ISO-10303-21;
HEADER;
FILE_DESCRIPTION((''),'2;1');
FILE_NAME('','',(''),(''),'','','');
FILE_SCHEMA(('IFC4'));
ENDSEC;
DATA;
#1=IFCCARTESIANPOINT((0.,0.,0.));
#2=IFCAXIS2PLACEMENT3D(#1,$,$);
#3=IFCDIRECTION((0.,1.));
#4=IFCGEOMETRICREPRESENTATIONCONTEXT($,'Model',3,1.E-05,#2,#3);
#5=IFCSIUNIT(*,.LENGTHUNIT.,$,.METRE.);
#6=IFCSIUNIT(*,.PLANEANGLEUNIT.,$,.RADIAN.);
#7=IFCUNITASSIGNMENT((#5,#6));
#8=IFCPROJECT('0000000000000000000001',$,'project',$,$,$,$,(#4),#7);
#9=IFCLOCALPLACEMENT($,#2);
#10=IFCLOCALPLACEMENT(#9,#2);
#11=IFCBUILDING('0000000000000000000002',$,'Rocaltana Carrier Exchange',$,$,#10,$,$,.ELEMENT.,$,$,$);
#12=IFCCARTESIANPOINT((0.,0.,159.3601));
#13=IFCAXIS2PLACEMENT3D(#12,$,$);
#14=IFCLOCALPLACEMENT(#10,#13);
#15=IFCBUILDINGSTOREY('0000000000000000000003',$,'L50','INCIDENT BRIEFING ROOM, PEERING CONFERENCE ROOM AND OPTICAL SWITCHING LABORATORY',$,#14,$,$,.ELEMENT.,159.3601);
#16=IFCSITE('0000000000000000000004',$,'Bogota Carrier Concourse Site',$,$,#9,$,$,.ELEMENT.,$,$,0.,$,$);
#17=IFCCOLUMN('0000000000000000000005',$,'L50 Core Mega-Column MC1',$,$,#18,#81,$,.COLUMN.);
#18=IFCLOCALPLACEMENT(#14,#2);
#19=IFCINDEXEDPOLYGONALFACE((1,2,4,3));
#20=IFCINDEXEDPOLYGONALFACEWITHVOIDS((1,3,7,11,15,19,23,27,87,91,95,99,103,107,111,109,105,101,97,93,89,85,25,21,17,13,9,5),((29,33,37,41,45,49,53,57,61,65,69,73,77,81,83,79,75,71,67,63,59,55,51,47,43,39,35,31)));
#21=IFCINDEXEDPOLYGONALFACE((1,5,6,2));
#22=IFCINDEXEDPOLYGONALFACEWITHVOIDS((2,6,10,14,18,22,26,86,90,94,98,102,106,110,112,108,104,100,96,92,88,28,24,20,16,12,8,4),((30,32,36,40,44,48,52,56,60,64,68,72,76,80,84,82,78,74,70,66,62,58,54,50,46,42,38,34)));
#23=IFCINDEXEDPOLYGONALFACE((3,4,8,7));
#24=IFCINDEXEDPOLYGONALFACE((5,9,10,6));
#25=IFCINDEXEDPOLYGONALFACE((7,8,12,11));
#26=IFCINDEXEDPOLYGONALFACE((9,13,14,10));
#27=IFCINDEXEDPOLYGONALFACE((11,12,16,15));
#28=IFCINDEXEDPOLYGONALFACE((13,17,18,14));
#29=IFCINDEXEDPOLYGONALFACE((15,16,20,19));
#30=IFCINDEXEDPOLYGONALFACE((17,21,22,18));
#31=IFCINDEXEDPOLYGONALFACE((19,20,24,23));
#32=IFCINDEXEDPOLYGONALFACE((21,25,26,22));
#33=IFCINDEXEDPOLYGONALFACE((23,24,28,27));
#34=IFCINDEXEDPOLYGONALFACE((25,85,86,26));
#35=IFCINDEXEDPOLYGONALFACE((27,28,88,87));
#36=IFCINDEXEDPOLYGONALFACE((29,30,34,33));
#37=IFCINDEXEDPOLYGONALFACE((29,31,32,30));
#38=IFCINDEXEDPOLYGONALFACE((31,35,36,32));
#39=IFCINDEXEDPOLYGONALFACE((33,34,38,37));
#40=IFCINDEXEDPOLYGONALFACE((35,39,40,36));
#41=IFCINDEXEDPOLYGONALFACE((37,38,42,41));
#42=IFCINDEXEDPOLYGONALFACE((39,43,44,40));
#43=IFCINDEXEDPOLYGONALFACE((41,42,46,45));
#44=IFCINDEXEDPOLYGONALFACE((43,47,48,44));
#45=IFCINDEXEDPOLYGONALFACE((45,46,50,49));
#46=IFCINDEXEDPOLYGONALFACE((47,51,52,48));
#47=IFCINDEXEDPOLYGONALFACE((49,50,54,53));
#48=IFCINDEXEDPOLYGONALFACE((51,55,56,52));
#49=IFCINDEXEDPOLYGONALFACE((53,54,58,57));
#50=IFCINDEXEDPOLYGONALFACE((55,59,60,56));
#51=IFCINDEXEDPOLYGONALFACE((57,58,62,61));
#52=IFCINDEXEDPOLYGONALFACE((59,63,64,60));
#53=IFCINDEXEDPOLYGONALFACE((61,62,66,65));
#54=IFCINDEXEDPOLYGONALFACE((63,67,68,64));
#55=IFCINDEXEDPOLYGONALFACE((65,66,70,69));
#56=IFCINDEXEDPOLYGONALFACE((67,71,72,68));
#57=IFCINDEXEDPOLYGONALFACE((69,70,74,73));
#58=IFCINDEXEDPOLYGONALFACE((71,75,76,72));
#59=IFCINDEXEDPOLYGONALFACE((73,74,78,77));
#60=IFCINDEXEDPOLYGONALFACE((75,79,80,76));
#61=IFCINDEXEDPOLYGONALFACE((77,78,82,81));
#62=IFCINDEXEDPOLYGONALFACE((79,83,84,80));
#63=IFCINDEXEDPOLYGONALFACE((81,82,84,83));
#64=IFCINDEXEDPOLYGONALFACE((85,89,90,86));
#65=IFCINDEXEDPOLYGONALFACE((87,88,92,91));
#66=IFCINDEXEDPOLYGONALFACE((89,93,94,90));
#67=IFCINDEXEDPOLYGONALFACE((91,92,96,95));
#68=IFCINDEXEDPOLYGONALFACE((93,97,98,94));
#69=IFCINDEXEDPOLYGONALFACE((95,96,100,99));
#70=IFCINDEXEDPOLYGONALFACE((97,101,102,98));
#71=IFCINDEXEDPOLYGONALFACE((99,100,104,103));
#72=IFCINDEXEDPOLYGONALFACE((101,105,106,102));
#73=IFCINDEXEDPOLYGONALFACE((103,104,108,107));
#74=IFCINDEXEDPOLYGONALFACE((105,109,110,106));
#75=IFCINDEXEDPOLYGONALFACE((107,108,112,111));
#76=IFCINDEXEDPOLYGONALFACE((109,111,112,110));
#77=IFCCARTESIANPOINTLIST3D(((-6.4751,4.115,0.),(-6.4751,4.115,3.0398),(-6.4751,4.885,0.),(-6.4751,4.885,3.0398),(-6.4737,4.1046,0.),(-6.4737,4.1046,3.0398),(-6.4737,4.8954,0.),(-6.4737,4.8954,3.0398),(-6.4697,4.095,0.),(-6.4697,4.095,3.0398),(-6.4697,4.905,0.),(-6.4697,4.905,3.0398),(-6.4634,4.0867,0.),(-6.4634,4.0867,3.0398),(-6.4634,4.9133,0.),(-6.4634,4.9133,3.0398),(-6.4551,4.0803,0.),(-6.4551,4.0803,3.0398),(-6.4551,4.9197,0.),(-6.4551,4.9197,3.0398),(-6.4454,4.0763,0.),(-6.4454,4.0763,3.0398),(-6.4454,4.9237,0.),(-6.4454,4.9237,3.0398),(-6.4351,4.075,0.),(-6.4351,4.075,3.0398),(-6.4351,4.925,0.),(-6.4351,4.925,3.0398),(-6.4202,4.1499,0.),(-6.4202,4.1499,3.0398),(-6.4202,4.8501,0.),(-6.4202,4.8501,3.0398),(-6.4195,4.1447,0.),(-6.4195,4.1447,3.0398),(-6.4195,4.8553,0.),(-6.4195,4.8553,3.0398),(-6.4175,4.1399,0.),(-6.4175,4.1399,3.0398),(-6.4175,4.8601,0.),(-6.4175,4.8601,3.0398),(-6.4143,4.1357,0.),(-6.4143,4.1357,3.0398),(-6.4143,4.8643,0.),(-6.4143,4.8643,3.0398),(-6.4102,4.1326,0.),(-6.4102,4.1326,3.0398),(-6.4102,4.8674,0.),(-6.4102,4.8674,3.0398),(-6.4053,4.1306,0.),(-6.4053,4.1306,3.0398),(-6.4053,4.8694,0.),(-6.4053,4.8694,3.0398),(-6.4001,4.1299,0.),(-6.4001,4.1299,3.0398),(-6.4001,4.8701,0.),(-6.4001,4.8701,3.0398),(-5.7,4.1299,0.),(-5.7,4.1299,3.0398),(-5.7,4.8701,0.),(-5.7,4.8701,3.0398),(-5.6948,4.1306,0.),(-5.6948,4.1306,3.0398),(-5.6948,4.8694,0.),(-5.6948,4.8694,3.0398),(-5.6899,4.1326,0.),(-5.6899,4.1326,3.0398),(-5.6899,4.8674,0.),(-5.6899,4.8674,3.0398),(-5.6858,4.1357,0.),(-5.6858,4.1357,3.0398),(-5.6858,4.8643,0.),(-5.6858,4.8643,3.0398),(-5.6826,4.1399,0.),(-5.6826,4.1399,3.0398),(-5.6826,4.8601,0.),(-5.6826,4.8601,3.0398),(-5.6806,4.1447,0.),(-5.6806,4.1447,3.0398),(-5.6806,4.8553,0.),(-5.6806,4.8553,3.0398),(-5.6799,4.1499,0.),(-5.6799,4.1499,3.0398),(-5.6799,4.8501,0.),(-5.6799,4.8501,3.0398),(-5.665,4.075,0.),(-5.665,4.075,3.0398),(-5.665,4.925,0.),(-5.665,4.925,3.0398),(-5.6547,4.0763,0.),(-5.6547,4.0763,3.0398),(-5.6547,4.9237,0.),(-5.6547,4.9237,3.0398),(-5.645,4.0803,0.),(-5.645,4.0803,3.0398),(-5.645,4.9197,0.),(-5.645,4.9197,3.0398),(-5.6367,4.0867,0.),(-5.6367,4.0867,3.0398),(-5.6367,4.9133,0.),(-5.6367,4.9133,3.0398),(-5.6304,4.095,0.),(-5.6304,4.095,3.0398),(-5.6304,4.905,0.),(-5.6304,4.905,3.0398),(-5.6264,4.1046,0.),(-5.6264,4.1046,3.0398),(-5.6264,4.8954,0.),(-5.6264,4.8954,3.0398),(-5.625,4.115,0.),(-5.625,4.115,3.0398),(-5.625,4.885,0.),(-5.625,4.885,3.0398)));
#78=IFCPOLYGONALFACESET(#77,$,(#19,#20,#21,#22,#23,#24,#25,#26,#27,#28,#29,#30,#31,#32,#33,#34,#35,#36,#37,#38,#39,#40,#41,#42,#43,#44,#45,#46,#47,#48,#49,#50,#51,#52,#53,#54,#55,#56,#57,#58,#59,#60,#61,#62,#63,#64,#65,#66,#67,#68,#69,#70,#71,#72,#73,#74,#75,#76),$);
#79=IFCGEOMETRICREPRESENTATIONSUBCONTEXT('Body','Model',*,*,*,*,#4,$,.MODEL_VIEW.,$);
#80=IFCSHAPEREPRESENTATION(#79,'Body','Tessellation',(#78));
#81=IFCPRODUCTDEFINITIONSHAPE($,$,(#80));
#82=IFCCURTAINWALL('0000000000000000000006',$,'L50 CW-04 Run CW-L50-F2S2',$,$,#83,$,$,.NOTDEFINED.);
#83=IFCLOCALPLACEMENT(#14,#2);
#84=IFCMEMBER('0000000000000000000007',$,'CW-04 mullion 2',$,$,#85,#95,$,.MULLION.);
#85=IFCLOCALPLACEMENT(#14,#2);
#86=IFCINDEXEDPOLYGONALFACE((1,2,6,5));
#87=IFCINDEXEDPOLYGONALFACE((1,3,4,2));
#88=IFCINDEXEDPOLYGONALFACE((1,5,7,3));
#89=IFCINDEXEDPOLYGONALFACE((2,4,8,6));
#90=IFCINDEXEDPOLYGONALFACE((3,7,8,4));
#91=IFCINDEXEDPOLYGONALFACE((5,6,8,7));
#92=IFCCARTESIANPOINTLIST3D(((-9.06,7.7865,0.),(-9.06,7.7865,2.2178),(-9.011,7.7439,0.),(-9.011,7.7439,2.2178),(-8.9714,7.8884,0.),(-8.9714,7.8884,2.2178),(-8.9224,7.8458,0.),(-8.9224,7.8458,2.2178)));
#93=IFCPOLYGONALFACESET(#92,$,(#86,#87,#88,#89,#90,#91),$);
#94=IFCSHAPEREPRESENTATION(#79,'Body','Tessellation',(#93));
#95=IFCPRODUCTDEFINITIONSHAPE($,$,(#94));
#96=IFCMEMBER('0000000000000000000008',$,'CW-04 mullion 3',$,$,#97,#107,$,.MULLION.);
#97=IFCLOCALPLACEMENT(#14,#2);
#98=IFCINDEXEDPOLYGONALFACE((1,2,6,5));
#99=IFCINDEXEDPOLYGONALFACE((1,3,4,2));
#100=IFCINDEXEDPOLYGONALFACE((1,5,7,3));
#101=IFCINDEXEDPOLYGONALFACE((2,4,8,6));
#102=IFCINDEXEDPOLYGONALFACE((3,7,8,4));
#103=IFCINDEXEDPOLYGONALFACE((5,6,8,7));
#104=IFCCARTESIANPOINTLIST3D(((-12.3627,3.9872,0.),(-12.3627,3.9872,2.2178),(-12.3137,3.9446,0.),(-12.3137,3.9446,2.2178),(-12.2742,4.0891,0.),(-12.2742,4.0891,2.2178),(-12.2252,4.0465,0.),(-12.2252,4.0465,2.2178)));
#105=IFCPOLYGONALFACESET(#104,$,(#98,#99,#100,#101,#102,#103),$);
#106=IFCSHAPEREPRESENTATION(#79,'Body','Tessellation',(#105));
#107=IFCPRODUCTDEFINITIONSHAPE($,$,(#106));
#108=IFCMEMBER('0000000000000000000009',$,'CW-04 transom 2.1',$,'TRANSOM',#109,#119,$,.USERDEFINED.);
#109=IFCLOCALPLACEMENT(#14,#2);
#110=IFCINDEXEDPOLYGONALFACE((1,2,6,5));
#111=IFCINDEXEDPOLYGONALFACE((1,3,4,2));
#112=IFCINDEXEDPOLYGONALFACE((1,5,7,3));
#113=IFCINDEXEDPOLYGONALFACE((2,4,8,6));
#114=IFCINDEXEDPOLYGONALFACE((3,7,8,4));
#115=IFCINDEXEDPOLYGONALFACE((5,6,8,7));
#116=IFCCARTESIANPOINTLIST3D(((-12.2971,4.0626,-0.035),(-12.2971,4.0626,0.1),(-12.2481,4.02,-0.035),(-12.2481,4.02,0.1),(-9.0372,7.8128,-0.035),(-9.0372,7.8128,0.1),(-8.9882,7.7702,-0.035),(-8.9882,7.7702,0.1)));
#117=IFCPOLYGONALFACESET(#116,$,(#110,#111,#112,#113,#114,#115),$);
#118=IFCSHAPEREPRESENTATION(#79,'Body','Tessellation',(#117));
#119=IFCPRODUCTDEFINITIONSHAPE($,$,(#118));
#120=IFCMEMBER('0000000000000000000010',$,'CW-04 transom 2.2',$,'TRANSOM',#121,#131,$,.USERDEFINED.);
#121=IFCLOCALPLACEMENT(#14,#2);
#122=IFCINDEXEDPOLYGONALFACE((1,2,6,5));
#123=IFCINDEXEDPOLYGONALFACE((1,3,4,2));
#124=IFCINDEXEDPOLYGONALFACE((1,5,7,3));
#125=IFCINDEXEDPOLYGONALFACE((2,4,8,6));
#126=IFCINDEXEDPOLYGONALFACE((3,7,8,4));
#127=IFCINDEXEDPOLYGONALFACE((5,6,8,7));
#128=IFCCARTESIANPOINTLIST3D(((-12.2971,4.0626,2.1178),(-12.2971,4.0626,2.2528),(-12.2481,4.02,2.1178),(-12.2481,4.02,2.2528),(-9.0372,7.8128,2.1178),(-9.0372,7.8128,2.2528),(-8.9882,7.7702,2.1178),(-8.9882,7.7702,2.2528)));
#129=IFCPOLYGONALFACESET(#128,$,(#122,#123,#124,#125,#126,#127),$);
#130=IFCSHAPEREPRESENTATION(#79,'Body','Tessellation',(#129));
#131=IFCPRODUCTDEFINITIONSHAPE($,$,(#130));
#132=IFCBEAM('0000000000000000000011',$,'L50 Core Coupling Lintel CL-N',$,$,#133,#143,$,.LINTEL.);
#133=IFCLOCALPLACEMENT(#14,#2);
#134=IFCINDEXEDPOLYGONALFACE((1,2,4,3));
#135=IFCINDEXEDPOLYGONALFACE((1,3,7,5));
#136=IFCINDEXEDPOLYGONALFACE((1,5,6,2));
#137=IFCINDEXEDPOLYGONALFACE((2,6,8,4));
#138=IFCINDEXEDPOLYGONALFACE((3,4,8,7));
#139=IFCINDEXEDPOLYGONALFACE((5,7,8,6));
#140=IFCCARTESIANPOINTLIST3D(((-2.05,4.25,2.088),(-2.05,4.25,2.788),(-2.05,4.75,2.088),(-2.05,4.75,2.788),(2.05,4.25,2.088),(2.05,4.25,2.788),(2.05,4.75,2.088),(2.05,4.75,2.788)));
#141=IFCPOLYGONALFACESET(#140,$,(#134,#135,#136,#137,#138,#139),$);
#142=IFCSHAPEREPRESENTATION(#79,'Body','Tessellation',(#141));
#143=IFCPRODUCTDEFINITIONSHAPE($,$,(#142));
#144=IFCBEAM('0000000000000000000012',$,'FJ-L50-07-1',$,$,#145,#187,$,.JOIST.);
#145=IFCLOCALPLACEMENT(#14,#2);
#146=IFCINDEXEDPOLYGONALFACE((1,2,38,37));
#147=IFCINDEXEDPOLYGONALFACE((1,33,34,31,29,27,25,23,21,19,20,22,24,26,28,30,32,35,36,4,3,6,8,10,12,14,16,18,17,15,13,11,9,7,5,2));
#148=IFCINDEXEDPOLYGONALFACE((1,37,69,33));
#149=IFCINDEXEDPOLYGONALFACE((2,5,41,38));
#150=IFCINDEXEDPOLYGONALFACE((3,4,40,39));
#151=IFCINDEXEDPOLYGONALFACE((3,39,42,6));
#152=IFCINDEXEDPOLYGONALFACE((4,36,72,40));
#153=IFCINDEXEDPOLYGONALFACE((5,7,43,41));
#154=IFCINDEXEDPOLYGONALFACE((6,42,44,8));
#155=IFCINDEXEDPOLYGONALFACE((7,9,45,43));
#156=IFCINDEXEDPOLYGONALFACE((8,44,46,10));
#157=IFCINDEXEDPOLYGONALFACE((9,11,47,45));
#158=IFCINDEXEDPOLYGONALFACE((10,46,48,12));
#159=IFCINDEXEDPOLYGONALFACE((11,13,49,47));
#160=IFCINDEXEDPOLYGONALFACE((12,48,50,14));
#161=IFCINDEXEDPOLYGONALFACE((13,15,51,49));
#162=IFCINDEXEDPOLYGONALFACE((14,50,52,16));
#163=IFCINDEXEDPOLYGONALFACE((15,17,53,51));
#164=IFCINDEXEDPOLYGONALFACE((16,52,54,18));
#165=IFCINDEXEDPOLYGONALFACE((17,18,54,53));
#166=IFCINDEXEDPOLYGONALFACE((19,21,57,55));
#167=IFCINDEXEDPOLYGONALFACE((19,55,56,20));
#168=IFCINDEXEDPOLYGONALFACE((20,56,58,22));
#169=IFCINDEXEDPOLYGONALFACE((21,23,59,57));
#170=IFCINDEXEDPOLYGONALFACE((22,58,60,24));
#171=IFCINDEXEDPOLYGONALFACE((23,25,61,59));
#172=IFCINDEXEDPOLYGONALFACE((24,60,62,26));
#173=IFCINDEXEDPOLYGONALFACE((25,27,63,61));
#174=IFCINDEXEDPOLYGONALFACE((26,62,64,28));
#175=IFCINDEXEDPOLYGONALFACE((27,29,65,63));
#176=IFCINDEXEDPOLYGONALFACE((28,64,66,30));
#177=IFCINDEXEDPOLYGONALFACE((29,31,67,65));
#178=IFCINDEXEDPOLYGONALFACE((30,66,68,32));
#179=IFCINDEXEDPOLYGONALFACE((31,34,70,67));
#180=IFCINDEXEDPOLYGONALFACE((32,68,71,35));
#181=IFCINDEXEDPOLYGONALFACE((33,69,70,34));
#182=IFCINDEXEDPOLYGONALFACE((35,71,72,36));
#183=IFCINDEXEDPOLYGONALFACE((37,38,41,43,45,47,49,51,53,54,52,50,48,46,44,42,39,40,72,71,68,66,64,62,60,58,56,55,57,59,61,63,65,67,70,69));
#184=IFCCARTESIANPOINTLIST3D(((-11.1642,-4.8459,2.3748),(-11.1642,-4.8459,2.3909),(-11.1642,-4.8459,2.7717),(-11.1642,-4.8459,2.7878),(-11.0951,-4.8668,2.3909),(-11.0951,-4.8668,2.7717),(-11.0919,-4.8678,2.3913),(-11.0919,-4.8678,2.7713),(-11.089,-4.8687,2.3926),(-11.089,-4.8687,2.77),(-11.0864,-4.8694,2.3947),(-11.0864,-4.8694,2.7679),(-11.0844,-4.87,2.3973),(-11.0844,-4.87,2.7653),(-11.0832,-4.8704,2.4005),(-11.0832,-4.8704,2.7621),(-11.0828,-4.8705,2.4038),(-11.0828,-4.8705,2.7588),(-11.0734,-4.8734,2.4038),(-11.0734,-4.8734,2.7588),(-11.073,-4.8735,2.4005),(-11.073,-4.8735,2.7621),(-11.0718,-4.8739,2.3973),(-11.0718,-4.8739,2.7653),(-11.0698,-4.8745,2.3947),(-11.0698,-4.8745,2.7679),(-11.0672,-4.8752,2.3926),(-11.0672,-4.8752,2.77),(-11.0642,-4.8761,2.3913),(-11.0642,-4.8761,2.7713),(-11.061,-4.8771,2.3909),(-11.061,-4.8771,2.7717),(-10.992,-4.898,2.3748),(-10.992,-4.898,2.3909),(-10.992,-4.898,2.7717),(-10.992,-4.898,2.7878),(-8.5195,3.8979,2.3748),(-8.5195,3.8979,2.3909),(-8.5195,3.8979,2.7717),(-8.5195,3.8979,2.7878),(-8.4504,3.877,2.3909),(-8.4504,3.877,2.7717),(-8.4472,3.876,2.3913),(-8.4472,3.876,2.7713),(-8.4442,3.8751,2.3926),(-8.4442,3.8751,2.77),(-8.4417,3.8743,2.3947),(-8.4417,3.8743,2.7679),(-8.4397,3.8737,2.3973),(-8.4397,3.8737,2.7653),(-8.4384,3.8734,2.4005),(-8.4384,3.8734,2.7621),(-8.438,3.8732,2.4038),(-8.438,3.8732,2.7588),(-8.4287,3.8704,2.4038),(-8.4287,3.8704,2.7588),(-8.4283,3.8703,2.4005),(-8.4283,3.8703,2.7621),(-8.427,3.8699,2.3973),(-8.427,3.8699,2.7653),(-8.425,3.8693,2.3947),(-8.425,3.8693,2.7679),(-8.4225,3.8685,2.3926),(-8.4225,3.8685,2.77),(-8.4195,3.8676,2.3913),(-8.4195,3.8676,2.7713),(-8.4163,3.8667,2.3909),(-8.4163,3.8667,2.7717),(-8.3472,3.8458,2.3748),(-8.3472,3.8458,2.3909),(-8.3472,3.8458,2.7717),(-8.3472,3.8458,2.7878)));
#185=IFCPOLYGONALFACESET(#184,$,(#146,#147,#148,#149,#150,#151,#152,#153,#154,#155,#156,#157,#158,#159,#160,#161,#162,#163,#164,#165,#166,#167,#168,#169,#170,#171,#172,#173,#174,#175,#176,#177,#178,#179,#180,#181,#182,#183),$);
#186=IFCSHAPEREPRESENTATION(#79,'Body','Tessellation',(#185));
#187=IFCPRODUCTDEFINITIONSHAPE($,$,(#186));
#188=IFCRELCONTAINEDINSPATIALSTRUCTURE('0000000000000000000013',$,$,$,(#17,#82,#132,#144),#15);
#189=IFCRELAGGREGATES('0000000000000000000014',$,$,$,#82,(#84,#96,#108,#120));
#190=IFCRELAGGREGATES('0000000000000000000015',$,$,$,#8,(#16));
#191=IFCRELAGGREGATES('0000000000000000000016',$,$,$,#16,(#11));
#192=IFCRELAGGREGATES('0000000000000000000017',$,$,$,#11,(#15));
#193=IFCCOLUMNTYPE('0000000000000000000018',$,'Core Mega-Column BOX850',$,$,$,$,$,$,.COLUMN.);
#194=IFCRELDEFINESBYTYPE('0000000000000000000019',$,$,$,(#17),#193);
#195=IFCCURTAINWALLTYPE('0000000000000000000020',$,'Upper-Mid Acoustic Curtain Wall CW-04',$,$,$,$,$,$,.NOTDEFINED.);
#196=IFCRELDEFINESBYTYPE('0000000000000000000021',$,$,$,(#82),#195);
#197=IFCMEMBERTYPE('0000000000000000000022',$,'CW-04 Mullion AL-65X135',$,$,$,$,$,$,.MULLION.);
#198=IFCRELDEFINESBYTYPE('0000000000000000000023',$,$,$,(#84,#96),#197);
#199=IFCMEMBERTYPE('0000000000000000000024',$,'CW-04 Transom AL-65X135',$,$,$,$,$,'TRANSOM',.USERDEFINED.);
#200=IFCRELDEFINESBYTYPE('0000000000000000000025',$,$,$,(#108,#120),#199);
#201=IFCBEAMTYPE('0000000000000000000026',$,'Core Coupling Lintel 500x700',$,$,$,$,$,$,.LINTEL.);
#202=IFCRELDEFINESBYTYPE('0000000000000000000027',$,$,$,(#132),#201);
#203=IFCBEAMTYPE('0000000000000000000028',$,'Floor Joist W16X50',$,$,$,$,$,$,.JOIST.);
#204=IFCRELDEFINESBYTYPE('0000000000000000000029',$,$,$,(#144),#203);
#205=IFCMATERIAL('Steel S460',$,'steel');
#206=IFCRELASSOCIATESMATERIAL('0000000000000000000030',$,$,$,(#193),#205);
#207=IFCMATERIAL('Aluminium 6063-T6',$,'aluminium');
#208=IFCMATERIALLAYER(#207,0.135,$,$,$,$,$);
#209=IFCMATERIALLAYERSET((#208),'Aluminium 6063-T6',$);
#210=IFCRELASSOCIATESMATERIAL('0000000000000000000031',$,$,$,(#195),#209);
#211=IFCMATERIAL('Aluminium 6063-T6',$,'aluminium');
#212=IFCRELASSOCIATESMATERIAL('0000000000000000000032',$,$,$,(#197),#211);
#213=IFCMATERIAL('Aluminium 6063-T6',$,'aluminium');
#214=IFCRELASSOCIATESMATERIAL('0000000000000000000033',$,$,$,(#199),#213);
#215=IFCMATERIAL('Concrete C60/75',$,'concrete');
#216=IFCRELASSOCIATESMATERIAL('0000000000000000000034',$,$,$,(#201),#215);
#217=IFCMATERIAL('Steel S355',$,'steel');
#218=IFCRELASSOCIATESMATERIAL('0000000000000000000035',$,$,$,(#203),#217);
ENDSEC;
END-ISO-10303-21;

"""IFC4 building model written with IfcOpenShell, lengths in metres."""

from ifc_helpers import new_model, si_unit, direction, frame, origin, origin_2d, place, context, subcontext, project, spatial, rectangle, hollow_rectangle, i_section, extrude, material, layer, layer_set, material_profile, profile_set, type_object, element, aggregate, save


model = new_model("IFC4")

# Units and contexts
model_context = context("Model", 3, precision=1e-05, world=origin(), true_north=direction((0.0, 1.0)))
body_context = subcontext(model_context, "Body", "Model", "MODEL_VIEW")
ifc_project = project(units=[si_unit("LENGTHUNIT", "METRE"), si_unit("PLANEANGLEUNIT", "RADIAN")], contexts=[model_context])

# Site, building, storey
site_placement = place(None, origin())
site = spatial("IfcSite", under=ifc_project, at=site_placement, Name="Bogota Carrier Concourse Site", CompositionType="ELEMENT", RefElevation=0.0)
building_placement = place(site_placement, origin())
building = spatial("IfcBuilding", under=site, at=building_placement, Name="Rocaltana Carrier Exchange", CompositionType="ELEMENT")
storey_placement = place(building_placement, frame((0.0, 0.0, 159.3601)))
storey = spatial("IfcBuildingStorey", under=building, at=storey_placement, Name="L50", Description="INCIDENT BRIEFING ROOM, PEERING CONFERENCE ROOM AND OPTICAL SWITCHING LABORATORY", CompositionType="ELEMENT", Elevation=159.3601)

# Column
ifc_material_1 = material(Name="Steel S460", Category="steel")
ifc_material_profile_1 = material_profile(ifc_material_1, hollow_rectangle(XDim=0.8501, YDim=0.8501, WallThickness=0.0549, InnerFilletRadius=0.02, OuterFilletRadius=0.04, at=origin_2d()), Name="BOX850X850X55")
ifc_profile_set_1 = profile_set([ifc_material_profile_1], Name="Steel S460")
column_type = type_object("IfcColumnType", Name="Core Mega-Column BOX850", PredefinedType="COLUMN", material=ifc_profile_set_1)
column_placement = place(storey_placement, frame((-6.05, 4.5, 0.0), z_axis=(0.0, 0.0, 1.0), x_axis=(1.0, 0.0, 0.0)))
element("IfcColumn", 1, at=column_placement, inside=storey, type_object=column_type, Name="L50 Core Mega-Column MC1", PredefinedType="COLUMN", context=body_context, shape_type="SweptSolid", body=[
    extrude(hollow_rectangle(XDim=0.8501, YDim=0.8501, WallThickness=0.0549, InnerFilletRadius=0.02, OuterFilletRadius=0.04, at=origin_2d()), origin(), (0.0, 0.0, 1.0), 3.0398),
])

# Curtain wall, members
ifc_material_2 = material(Name="Aluminium 6063-T6", Category="aluminium")
ifc_layer_1 = layer(ifc_material_2, 0.135)
ifc_layer_set_1 = layer_set([ifc_layer_1], Name="Aluminium 6063-T6")
curtain_wall_type = type_object("IfcCurtainWallType", Name="Upper-Mid Acoustic Curtain Wall CW-04", PredefinedType="NOTDEFINED", material=ifc_layer_set_1)
curtain_wall_placement = place(storey_placement, origin())
curtain_wall = element("IfcCurtainWall", 2, at=curtain_wall_placement, inside=storey, type_object=curtain_wall_type, Name="L50 CW-04 Run CW-L50-F2S2", PredefinedType="NOTDEFINED")
ifc_material_3 = material(Name="Aluminium 6063-T6", Category="aluminium")
ifc_material_profile_2 = material_profile(ifc_material_3, rectangle(XDim=0.0649, YDim=0.135, at=origin_2d()), Name="AL-65X135")
ifc_profile_set_2 = profile_set([ifc_material_profile_2], Name="Aluminium 6063-T6")
member_type_1 = type_object("IfcMemberType", Name="CW-04 Mullion AL-65X135", PredefinedType="MULLION", material=ifc_profile_set_2)
member_1_placement = place(storey_placement, frame((-8.9912, 7.8162, 0.0), z_axis=(0.0, 0.0, 1.0), x_axis=(0.754712, -0.656057, 0.0)))
member_1 = element("IfcMember", 3, at=member_1_placement, type_object=member_type_1, Name="CW-04 mullion 2", PredefinedType="MULLION", context=body_context, shape_type="SweptSolid", body=[
    extrude(rectangle(XDim=0.0649, YDim=0.135, at=origin_2d()), origin(), (0.0, 0.0, 1.0), 2.2178),
])
member_2_placement = place(storey_placement, frame((-12.2939, 4.0168, 0.0), z_axis=(0.0, 0.0, 1.0), x_axis=(0.754712, -0.656057, 0.0)))
member_2 = element("IfcMember", 4, at=member_2_placement, type_object=member_type_1, Name="CW-04 mullion 3", PredefinedType="MULLION", context=body_context, shape_type="SweptSolid", body=[
    extrude(rectangle(XDim=0.0649, YDim=0.135, at=origin_2d()), origin(), (0.0, 0.0, 1.0), 2.2178),
])
ifc_material_4 = material(Name="Aluminium 6063-T6", Category="aluminium")
ifc_material_profile_3 = material_profile(ifc_material_4, rectangle(XDim=0.0649, YDim=0.135, at=origin_2d()), Name="AL-65X135")
ifc_profile_set_3 = profile_set([ifc_material_profile_3], Name="Aluminium 6063-T6")
member_type_2 = type_object("IfcMemberType", Name="CW-04 Transom AL-65X135", ElementType="TRANSOM", PredefinedType="USERDEFINED", material=ifc_profile_set_3)
member_3_placement = place(storey_placement, frame((-9.0127, 7.7915, 0.0325), z_axis=(-0.656056, -0.754712, 0.0), x_axis=(0.754712, -0.656056, 0.0)))
member_3 = element("IfcMember", 5, at=member_3_placement, type_object=member_type_2, Name="CW-04 transom 2.1", ObjectType="TRANSOM", PredefinedType="USERDEFINED", context=body_context, shape_type="SweptSolid", body=[
    extrude(rectangle(XDim=0.0649, YDim=0.135, at=origin_2d()), origin(), (0.0, 0.0, 1.0), 4.969),
])
member_4_placement = place(storey_placement, frame((-9.0127, 7.7915, 2.1853), z_axis=(-0.656056, -0.754712, 0.0), x_axis=(0.754712, -0.656056, 0.0)))
member_4 = element("IfcMember", 6, at=member_4_placement, type_object=member_type_2, Name="CW-04 transom 2.2", ObjectType="TRANSOM", PredefinedType="USERDEFINED", context=body_context, shape_type="SweptSolid", body=[
    extrude(rectangle(XDim=0.0649, YDim=0.135, at=origin_2d()), origin(), (0.0, 0.0, 1.0), 4.969),
])

# Beams
ifc_material_5 = material(Name="Concrete C60/75", Category="concrete")
ifc_material_profile_4 = material_profile(ifc_material_5, rectangle(XDim=0.5, YDim=0.7, at=origin_2d()), Name="RC-BM-500X700")
ifc_profile_set_4 = profile_set([ifc_material_profile_4], Name="Concrete C60/75")
beam_type_1 = type_object("IfcBeamType", Name="Core Coupling Lintel 500x700", PredefinedType="LINTEL", material=ifc_profile_set_4)
beam_1_placement = place(storey_placement, frame((-2.05, 4.5, 2.438), z_axis=(1.0, 0.0, 0.0), x_axis=(0.0, 1.0, 0.0)))
element("IfcBeam", 7, at=beam_1_placement, inside=storey, type_object=beam_type_1, Name="L50 Core Coupling Lintel CL-N", PredefinedType="LINTEL", context=body_context, shape_type="SweptSolid", body=[
    extrude(rectangle(XDim=0.5, YDim=0.7, at=origin_2d()), origin(), (0.0, 0.0, 1.0), 4.1001),
])
ifc_material_6 = material(Name="Steel S355", Category="steel")
ifc_material_profile_5 = material_profile(ifc_material_6, i_section(OverallWidth=0.1799, OverallDepth=0.4131, WebThickness=0.0098, FlangeThickness=0.0161, FilletRadius=0.0129, at=origin_2d()), Name="W16X50")
ifc_profile_set_5 = profile_set([ifc_material_profile_5], Name="Steel S355")
beam_type_2 = type_object("IfcBeamType", Name="Floor Joist W16X50", PredefinedType="JOIST", material=ifc_profile_set_5)
beam_2_placement = place(storey_placement, frame((-8.4333, 3.8718, 2.5813), z_axis=(-0.289517, -0.957173, 0.0), x_axis=(0.957173, -0.289517, 0.0)))
element("IfcBeam", 8, at=beam_2_placement, inside=storey, type_object=beam_type_2, Name="FJ-L50-07-1", PredefinedType="JOIST", context=body_context, shape_type="SweptSolid", body=[
    extrude(i_section(OverallWidth=0.1799, OverallDepth=0.4131, WebThickness=0.0098, FlangeThickness=0.0161, FilletRadius=0.0129, at=origin_2d()), origin(), (0.0, 0.0, 1.0), 9.135),
])

aggregate(curtain_wall, [member_1, member_2, member_3, member_4])

save(model, "model.ifc")
